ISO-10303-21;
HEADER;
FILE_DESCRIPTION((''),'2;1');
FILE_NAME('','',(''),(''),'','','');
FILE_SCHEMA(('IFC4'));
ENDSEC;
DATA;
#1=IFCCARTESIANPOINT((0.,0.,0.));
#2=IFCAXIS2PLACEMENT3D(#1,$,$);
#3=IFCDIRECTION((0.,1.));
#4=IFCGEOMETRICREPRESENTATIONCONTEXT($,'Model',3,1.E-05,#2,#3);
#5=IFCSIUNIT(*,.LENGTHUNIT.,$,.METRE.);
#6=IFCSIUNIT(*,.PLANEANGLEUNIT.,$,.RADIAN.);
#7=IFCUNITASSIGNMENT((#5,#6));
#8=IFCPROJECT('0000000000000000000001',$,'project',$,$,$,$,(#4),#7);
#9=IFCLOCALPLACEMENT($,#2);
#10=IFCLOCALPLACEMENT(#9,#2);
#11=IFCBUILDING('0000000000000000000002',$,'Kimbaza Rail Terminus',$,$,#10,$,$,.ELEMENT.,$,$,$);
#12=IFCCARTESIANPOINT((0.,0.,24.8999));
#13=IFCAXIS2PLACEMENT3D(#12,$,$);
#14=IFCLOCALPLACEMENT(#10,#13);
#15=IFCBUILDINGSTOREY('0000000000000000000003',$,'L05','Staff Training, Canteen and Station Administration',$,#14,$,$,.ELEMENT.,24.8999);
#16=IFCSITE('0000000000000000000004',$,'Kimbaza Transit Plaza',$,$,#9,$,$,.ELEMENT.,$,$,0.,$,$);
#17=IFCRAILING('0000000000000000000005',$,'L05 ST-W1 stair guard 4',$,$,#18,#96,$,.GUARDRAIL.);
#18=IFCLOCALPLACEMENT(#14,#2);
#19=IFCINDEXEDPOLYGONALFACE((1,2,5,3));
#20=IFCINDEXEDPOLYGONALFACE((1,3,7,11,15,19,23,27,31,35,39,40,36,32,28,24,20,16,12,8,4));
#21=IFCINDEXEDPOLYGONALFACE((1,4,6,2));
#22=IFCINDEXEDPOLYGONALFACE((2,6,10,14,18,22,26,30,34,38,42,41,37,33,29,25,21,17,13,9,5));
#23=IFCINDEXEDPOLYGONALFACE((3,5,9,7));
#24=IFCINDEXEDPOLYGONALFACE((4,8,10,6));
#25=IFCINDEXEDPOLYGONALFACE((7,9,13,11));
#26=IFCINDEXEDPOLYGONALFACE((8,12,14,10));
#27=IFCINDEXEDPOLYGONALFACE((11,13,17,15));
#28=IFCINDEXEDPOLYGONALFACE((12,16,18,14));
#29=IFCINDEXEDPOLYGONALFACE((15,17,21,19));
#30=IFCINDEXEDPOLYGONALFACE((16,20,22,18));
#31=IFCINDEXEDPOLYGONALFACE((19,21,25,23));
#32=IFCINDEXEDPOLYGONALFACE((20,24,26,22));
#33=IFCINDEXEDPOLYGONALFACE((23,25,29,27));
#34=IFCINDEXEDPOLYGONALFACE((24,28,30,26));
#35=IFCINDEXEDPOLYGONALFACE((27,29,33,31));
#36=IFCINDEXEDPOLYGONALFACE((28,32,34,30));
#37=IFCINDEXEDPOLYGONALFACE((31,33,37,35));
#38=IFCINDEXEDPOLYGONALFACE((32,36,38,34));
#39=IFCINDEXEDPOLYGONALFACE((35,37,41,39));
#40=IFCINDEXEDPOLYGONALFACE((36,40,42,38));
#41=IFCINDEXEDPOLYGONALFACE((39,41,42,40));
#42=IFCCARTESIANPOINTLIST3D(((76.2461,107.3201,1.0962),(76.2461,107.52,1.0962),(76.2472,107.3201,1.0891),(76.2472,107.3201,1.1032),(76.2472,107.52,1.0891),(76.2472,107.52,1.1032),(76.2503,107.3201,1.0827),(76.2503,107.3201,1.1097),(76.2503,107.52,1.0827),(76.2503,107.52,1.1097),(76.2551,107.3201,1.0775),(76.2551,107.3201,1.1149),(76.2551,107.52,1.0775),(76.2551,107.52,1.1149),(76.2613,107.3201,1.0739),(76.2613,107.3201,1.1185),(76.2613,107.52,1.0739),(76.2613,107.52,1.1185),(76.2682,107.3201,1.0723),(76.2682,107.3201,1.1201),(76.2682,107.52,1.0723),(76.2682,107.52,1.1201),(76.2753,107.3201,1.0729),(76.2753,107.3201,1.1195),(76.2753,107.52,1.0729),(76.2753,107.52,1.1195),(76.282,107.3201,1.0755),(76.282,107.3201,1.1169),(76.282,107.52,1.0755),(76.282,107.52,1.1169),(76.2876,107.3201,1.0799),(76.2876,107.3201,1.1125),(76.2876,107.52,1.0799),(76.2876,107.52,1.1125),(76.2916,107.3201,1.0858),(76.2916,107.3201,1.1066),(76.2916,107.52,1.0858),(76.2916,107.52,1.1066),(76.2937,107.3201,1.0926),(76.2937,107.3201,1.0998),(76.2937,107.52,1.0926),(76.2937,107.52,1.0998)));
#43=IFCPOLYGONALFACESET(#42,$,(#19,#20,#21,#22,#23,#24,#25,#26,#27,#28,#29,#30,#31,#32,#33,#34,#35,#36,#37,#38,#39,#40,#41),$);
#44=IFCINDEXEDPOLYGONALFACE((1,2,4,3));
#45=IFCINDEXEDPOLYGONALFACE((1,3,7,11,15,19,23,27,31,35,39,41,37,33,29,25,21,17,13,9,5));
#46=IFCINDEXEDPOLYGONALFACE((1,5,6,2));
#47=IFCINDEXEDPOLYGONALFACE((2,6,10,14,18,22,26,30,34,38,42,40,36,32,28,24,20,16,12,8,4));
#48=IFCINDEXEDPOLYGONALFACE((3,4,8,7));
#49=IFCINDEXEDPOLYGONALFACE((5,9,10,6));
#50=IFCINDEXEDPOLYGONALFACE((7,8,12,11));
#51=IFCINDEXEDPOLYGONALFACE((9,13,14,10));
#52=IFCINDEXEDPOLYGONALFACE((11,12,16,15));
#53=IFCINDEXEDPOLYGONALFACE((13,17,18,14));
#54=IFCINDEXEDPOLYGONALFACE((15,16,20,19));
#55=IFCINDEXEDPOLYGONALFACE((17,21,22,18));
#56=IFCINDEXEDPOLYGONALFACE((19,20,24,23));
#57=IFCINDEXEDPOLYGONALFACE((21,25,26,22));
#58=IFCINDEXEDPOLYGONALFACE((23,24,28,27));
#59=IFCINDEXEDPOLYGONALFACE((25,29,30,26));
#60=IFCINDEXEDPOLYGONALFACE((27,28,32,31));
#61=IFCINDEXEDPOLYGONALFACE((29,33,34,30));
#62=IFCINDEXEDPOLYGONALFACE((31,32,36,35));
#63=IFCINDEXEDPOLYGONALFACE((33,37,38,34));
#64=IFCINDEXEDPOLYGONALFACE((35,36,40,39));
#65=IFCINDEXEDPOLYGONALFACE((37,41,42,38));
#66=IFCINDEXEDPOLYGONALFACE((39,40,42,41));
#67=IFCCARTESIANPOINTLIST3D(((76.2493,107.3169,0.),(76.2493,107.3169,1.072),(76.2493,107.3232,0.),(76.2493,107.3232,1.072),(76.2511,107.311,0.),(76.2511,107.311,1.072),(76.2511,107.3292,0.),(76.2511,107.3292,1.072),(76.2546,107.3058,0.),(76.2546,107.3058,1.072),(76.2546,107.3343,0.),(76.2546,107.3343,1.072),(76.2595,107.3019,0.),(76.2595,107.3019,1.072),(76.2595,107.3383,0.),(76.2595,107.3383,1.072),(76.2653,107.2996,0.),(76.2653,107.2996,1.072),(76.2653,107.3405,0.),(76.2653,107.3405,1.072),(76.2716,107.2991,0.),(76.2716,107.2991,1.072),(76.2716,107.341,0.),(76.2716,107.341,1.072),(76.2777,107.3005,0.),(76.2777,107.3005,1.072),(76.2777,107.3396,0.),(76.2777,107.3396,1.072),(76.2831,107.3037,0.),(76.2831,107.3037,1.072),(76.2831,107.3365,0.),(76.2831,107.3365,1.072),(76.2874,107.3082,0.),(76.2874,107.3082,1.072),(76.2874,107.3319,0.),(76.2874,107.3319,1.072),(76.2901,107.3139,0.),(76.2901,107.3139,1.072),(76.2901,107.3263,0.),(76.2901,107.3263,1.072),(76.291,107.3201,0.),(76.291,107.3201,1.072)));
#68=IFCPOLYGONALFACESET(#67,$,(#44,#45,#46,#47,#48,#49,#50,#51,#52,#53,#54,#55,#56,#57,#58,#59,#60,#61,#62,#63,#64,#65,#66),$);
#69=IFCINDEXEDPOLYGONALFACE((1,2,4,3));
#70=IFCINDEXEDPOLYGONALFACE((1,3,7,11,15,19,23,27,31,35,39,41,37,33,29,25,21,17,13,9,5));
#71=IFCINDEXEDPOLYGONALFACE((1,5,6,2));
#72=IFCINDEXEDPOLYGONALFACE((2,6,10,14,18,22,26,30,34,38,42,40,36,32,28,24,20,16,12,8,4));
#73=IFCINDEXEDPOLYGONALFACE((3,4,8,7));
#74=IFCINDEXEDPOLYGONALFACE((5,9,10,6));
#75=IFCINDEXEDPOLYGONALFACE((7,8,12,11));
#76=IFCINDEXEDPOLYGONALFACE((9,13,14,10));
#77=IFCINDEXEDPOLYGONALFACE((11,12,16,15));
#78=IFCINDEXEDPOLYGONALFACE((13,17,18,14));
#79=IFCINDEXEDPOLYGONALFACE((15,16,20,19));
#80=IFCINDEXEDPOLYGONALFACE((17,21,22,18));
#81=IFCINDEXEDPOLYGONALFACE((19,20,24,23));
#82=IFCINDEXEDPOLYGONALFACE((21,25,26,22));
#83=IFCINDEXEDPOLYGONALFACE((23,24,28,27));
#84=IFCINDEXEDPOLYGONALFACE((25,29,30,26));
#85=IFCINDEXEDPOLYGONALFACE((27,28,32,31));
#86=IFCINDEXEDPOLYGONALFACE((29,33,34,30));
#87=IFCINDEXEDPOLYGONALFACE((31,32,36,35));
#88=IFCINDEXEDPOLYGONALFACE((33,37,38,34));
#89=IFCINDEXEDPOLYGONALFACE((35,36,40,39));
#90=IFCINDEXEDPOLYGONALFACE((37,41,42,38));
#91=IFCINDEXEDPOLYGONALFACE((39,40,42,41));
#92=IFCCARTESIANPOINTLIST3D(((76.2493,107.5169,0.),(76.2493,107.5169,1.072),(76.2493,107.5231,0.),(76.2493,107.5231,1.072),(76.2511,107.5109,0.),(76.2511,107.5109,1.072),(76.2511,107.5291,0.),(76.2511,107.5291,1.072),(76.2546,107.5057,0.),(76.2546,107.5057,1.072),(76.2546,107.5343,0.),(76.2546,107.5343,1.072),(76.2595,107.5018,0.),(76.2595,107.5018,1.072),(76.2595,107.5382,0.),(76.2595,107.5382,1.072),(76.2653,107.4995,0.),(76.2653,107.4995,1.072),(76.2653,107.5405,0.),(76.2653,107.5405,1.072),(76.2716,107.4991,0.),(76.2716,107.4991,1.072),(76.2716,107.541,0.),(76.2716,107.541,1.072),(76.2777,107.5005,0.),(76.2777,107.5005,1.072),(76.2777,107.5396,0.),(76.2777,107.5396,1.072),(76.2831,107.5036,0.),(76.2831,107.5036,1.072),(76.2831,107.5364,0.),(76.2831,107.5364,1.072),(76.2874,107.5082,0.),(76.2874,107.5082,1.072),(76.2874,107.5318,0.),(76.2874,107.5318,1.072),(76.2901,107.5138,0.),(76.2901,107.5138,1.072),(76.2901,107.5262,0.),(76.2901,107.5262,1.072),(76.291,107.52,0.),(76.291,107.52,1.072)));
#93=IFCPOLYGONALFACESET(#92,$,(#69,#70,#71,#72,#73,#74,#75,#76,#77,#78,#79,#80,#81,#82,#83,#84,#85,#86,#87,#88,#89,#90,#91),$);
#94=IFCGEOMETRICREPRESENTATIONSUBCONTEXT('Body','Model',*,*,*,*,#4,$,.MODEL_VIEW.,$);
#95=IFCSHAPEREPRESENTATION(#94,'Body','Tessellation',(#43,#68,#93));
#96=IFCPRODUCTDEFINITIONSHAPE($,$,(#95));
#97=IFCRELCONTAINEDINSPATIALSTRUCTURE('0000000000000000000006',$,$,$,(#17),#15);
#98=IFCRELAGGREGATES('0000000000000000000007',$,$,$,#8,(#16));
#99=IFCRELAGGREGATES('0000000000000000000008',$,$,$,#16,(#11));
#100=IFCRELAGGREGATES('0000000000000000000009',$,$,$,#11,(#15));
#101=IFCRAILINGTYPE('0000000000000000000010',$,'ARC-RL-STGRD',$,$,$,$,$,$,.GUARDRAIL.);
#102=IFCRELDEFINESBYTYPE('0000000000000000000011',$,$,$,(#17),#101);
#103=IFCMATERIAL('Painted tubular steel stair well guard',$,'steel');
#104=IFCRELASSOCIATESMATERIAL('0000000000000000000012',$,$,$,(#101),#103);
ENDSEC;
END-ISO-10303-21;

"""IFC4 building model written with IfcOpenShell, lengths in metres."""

from ifc_helpers import new_model, si_unit, direction, frame, origin, origin_2d, place, context, subcontext, project, spatial, circle, extrude, material, type_object, element, save


model = new_model("IFC4")

# Units and contexts
model_context = context("Model", 3, precision=1e-05, world=origin(), true_north=direction((0.0, 1.0)))
body_context = subcontext(model_context, "Body", "Model", "MODEL_VIEW")
ifc_project = project(units=[si_unit("LENGTHUNIT", "METRE"), si_unit("PLANEANGLEUNIT", "RADIAN")], contexts=[model_context])

# Site, building, storey
site_placement = place(None, origin())
site = spatial("IfcSite", under=ifc_project, at=site_placement, Name="Kimbaza Transit Plaza", CompositionType="ELEMENT", RefElevation=0.0)
building_placement = place(site_placement, origin())
building = spatial("IfcBuilding", under=site, at=building_placement, Name="Kimbaza Rail Terminus", CompositionType="ELEMENT")
storey_placement = place(building_placement, frame((0.0, 0.0, 24.8999)))
storey = spatial("IfcBuildingStorey", under=building, at=storey_placement, Name="L05", Description="Staff Training, Canteen and Station Administration", CompositionType="ELEMENT", Elevation=24.8999)

# Railing
ifc_material_1 = material(Name="Painted tubular steel stair well guard", Category="steel")
railing_type_1 = type_object("IfcRailingType", Name="ARC-RL-STGRD", PredefinedType="GUARDRAIL", material=ifc_material_1)
railing_1_placement = place(storey_placement, frame((76.27, 107.3201, 0.0)))
element("IfcRailing", 1, at=railing_1_placement, inside=storey, type_object=railing_type_1, Name="L05 ST-W1 stair guard 4", PredefinedType="GUARDRAIL", context=body_context, shape_type="SweptSolid", body=[
    extrude(circle(Radius=0.0239, at=origin_2d()), frame((0.0, 0.0, 1.0962), z_axis=(0.0, 1.0, 0.0), x_axis=(-1.0, 0.0, 0.0)), (0.0, 0.0, 1.0), 0.2),
    extrude(circle(Radius=0.021, at=origin_2d()), origin(), (0.0, 0.0, 1.0), 1.072),
    extrude(circle(Radius=0.021, at=origin_2d()), frame((0.0, 0.2, 0.0)), (0.0, 0.0, 1.0), 1.072),
])

save(model, "model.ifc")
